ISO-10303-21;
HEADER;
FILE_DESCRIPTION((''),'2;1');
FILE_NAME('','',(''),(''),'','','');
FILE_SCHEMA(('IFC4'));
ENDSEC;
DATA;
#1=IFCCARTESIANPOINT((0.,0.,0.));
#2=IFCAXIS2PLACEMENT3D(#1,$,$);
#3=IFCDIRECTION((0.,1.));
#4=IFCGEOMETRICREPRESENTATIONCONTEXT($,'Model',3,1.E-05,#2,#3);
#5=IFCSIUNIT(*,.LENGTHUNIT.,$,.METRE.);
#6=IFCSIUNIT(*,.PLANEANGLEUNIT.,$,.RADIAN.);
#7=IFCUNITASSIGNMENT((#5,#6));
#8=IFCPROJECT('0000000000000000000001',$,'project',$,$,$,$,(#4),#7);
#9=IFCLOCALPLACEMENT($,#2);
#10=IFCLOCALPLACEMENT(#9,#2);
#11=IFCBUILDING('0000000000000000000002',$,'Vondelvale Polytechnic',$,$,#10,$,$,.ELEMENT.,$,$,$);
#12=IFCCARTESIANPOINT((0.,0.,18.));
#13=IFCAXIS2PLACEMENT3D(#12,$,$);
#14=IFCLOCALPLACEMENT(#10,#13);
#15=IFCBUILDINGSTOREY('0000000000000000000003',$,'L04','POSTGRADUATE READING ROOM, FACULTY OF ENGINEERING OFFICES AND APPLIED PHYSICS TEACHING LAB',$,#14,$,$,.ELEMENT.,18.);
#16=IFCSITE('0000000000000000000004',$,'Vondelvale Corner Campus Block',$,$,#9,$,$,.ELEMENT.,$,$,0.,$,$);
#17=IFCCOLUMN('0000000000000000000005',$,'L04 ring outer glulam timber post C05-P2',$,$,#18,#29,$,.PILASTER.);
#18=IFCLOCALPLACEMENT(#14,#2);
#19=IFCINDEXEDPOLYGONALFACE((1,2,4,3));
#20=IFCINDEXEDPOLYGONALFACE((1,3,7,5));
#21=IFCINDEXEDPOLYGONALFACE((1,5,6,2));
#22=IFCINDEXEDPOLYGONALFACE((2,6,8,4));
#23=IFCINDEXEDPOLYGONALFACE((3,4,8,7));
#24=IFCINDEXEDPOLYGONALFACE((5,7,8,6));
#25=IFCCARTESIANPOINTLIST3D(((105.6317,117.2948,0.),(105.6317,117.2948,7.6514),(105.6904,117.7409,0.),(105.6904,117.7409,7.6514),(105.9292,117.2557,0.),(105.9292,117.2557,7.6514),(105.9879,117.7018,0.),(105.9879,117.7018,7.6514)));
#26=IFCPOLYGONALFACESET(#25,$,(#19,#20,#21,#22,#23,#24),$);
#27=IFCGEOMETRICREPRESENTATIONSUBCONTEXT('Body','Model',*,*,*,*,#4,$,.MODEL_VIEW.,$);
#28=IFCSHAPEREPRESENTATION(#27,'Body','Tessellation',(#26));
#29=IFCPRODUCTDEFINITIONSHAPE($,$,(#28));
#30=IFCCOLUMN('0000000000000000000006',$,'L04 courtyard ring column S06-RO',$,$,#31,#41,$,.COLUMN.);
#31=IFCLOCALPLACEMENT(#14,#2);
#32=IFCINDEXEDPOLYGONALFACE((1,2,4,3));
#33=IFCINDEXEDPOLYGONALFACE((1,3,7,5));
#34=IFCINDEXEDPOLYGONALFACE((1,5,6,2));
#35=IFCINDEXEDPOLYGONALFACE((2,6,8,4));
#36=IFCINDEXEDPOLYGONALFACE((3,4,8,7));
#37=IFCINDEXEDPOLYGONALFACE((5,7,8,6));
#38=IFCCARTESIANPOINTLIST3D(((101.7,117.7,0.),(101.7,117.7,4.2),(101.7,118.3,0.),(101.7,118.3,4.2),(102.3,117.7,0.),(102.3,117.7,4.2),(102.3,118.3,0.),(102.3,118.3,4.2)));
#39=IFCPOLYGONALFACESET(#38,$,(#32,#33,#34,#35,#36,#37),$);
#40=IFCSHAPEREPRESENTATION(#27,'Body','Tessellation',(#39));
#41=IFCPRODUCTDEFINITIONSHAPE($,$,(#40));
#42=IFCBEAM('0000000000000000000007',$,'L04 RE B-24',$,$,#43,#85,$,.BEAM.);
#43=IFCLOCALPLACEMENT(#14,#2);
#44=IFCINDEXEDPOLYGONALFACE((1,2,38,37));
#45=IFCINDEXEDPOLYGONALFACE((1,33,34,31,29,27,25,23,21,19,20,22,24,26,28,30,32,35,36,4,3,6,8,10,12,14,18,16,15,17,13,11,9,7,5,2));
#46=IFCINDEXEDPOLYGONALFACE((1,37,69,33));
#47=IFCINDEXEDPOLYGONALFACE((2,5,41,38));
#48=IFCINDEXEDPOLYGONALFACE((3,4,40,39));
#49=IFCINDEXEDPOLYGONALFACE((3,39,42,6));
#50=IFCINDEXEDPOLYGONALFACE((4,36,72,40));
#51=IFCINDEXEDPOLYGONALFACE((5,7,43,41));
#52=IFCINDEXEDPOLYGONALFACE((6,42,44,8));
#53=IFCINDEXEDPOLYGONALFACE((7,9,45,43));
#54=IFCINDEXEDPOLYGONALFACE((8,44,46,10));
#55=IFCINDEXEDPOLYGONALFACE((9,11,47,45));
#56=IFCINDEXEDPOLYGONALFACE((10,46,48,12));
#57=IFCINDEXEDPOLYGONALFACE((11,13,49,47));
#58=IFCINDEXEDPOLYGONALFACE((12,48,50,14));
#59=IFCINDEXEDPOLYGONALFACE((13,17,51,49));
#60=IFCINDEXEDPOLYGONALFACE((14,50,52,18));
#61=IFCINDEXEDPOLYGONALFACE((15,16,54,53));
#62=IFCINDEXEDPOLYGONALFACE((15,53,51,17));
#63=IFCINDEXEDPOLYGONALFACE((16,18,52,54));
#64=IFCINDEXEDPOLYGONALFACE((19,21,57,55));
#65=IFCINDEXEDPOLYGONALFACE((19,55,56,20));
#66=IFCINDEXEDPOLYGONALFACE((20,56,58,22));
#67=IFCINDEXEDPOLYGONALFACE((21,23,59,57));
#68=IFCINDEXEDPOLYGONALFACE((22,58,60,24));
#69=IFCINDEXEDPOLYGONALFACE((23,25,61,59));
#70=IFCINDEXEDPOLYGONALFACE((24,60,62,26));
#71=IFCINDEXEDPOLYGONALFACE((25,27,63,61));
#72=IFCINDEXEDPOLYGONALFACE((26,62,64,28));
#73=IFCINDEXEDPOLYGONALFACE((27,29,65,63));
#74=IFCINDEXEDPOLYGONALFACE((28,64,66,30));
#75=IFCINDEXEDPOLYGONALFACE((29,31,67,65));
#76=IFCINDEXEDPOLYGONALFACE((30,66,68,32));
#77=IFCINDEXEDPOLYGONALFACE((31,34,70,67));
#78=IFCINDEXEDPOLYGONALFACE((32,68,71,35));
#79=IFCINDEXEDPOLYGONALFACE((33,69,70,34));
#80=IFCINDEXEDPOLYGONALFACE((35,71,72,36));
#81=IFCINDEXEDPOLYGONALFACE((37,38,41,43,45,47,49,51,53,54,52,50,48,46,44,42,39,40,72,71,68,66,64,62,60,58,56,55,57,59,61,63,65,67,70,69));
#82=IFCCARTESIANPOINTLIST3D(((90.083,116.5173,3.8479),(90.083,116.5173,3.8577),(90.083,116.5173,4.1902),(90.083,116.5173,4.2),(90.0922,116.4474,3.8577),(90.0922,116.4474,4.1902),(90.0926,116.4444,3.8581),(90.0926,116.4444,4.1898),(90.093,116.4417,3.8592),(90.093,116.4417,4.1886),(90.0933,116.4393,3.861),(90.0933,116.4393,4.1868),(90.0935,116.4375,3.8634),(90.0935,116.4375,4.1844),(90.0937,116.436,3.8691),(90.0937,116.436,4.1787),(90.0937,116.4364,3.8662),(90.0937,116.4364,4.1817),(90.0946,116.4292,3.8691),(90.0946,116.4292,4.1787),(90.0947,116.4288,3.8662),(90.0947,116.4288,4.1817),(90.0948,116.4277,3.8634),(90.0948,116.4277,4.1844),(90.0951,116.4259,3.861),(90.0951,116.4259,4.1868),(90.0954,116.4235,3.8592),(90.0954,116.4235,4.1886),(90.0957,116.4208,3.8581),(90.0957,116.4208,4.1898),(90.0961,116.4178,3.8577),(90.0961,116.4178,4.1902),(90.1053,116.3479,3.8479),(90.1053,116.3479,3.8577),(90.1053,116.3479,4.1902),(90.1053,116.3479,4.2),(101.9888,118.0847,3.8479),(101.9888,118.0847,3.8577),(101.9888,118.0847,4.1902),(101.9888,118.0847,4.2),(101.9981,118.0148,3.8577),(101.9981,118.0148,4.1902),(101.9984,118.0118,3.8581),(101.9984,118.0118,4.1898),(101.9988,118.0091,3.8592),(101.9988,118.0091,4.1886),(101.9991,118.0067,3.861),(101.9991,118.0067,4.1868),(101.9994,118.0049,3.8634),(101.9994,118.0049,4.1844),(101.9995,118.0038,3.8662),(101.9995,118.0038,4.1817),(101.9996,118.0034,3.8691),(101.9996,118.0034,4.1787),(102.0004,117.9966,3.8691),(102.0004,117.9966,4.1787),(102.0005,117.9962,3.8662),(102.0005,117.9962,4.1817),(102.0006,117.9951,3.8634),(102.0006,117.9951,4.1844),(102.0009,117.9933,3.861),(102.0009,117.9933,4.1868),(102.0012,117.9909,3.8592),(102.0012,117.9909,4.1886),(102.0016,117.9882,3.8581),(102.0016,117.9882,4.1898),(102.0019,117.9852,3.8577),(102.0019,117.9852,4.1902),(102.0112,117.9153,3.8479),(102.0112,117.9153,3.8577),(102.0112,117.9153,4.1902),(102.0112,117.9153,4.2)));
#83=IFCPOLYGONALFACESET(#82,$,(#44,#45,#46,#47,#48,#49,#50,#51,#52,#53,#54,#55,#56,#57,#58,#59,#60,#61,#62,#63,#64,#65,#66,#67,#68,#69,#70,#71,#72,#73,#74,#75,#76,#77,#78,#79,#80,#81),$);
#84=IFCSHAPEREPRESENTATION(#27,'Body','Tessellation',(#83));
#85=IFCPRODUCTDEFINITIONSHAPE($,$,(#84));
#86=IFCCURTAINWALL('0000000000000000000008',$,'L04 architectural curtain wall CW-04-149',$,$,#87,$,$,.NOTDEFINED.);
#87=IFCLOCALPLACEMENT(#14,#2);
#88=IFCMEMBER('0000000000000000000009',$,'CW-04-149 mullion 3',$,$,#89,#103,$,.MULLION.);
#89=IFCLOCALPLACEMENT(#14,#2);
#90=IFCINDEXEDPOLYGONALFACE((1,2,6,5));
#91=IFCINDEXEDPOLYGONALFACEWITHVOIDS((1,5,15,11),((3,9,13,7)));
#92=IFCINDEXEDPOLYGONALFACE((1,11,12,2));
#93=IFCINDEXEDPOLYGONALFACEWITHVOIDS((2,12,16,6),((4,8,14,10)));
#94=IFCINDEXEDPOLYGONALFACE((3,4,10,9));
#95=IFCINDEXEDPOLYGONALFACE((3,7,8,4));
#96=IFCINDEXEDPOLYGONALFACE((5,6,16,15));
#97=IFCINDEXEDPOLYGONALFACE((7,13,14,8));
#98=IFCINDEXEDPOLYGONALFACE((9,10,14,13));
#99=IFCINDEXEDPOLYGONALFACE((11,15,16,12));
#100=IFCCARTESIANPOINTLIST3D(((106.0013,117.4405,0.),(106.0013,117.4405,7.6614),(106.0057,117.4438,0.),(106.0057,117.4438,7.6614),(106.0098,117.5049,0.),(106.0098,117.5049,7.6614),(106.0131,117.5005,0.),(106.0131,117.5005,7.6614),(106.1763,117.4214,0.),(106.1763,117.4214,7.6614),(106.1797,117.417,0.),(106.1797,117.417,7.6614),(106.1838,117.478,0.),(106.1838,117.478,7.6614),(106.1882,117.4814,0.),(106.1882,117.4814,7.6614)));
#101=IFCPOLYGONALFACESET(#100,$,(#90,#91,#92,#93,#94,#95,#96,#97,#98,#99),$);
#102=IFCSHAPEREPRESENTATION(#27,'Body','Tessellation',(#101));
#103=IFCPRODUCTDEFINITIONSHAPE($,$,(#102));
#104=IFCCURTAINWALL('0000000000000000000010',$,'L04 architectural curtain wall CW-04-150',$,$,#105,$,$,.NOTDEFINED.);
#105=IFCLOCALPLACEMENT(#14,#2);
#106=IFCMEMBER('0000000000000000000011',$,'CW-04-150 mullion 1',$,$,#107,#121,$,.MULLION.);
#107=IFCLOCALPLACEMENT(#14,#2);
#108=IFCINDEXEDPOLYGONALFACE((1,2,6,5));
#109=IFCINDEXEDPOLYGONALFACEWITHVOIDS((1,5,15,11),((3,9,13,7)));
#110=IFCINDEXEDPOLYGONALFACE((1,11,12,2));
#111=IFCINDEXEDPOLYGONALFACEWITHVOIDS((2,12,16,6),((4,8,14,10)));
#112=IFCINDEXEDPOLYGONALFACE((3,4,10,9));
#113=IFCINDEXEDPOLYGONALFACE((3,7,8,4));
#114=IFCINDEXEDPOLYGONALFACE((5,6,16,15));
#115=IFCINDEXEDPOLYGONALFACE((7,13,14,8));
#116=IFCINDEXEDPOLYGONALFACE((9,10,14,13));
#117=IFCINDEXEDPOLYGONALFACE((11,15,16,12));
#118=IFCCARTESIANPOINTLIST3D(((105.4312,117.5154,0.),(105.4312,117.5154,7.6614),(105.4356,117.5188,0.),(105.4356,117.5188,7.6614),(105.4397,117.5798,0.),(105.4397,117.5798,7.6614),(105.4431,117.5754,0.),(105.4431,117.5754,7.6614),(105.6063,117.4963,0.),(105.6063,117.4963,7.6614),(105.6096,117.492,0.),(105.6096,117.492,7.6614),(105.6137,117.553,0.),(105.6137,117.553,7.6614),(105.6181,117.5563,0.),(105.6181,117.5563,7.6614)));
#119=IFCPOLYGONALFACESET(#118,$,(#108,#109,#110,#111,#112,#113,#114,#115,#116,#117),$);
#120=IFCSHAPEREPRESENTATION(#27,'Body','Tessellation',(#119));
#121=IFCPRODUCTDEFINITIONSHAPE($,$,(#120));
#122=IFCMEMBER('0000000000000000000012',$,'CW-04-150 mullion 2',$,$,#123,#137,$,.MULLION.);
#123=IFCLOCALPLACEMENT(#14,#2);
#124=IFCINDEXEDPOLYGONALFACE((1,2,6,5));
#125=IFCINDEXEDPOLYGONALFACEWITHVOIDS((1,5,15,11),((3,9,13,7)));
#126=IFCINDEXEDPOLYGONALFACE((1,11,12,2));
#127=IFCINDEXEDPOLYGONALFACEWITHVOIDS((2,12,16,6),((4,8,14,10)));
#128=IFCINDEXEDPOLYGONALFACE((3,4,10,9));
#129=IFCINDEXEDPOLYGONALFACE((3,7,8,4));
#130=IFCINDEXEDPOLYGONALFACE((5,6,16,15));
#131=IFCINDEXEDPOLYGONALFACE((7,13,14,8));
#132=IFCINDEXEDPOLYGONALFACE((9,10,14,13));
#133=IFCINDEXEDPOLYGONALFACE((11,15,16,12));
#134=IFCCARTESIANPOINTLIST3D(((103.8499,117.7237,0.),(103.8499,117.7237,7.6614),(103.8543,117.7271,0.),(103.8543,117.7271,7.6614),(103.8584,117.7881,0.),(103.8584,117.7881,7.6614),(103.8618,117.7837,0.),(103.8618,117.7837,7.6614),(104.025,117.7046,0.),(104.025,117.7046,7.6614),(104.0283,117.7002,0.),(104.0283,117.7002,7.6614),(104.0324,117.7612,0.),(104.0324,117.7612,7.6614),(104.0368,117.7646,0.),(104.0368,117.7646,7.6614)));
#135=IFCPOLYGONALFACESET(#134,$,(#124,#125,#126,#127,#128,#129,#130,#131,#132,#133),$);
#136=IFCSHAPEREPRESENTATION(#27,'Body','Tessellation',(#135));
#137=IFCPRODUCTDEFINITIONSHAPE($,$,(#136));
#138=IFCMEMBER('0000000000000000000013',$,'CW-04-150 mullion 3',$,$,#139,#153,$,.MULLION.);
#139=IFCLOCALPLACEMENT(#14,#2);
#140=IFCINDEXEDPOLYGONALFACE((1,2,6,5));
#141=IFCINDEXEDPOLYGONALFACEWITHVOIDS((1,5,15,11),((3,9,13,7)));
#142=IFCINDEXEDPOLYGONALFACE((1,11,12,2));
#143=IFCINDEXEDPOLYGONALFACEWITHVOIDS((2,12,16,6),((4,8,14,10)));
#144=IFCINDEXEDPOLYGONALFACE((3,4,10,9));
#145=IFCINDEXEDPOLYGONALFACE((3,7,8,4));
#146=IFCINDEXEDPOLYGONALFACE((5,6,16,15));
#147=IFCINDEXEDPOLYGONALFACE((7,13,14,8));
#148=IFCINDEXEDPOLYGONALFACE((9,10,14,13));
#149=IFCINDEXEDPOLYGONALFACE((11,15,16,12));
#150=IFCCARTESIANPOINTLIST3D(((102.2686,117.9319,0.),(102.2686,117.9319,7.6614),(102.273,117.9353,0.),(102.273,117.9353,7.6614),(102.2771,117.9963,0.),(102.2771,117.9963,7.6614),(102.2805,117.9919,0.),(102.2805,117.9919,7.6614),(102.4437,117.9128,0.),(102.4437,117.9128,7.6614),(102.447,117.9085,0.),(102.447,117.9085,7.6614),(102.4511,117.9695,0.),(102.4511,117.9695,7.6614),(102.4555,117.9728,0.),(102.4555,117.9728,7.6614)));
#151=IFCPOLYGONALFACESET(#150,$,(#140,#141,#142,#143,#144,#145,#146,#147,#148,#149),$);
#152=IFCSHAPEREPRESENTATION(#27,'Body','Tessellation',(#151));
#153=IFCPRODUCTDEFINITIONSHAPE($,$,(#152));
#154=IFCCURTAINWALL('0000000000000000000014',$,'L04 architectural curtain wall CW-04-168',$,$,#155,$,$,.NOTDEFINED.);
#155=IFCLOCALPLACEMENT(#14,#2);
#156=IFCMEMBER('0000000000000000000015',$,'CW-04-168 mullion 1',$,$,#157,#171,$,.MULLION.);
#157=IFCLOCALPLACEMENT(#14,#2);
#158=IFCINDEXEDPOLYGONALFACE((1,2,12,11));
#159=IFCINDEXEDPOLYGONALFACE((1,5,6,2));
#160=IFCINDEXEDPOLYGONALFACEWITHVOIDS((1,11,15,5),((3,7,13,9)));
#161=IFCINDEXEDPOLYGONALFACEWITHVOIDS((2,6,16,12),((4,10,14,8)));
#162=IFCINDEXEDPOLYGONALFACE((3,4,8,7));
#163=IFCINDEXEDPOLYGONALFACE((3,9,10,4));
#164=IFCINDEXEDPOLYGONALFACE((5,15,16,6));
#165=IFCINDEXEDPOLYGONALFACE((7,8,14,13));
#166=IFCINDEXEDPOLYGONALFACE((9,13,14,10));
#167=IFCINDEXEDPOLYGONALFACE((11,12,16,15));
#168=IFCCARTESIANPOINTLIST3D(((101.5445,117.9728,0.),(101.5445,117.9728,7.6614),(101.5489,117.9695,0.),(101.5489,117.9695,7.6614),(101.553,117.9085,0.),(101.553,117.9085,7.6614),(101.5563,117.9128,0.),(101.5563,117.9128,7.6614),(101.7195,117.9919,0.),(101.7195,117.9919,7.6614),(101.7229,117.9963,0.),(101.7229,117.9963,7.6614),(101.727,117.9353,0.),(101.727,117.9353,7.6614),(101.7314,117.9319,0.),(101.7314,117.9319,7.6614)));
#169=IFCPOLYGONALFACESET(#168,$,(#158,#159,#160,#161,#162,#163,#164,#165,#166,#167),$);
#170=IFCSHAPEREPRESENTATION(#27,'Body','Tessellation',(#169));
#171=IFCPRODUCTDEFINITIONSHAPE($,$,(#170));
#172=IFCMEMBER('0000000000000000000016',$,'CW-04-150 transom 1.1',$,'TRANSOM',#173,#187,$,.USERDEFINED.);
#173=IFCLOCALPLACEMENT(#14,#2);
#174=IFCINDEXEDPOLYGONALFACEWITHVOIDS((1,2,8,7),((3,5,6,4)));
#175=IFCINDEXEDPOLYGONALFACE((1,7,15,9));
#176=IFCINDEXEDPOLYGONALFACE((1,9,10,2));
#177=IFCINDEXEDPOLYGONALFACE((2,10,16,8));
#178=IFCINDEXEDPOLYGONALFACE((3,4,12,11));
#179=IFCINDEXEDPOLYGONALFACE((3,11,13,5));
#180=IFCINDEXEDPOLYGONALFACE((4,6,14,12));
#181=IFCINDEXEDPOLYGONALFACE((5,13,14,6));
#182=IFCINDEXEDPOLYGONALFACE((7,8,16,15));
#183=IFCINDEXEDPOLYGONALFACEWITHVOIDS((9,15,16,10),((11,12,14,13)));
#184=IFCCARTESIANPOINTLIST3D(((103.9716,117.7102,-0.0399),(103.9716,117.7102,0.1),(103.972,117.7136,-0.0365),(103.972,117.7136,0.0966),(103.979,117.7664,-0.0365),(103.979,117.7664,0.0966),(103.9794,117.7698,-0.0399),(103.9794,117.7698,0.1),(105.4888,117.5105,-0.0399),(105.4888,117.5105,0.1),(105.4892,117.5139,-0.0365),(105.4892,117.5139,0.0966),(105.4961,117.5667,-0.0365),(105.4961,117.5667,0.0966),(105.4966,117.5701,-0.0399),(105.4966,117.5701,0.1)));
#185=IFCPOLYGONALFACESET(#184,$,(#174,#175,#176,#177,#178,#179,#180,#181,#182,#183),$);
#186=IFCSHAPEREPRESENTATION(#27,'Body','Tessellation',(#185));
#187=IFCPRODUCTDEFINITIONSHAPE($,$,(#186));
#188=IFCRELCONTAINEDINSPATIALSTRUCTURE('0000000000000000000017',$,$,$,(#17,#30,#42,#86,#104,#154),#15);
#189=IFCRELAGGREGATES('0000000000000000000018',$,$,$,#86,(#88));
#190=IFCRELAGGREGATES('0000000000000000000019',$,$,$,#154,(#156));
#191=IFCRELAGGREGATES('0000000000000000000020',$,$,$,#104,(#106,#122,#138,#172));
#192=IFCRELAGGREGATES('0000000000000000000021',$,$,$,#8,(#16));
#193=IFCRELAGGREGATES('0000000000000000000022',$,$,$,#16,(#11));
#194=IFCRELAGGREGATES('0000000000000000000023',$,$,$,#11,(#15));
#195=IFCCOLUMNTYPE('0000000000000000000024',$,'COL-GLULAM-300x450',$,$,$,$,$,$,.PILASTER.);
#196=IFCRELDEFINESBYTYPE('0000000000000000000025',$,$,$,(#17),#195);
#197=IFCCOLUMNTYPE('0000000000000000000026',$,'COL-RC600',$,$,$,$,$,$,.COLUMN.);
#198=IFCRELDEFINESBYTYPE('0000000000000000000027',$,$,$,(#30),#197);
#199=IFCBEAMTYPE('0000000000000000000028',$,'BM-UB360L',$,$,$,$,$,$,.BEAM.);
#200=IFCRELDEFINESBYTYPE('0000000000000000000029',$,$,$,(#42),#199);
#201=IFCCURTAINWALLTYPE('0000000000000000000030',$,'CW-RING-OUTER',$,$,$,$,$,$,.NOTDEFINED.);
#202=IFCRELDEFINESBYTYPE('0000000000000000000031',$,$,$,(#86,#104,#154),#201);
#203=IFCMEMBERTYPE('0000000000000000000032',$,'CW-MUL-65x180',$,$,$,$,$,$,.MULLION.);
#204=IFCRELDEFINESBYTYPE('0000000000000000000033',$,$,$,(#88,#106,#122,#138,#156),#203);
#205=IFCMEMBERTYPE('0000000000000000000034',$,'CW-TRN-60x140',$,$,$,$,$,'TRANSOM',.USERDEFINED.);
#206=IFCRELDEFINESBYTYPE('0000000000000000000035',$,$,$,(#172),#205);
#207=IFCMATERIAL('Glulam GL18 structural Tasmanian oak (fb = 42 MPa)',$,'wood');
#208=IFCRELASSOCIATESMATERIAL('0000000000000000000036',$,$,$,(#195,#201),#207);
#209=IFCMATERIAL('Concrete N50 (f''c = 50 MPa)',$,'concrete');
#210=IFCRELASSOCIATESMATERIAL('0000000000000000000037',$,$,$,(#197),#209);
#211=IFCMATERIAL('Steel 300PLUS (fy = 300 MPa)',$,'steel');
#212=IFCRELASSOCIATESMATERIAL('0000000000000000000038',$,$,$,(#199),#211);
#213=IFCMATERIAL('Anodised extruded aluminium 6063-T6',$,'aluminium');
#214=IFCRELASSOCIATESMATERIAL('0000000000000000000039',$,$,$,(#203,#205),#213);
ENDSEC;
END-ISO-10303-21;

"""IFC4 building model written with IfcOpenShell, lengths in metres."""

from ifc_helpers import new_model, si_unit, direction, frame, origin, origin_2d, place, context, subcontext, project, spatial, rectangle, hollow_rectangle, i_section, extrude, material, material_profile, profile_set, type_object, element, aggregate, save


model = new_model("IFC4")

# Units and contexts
model_context = context("Model", 3, precision=1e-05, world=origin(), true_north=direction((0.0, 1.0)))
body_context = subcontext(model_context, "Body", "Model", "MODEL_VIEW")
ifc_project = project(units=[si_unit("LENGTHUNIT", "METRE"), si_unit("PLANEANGLEUNIT", "RADIAN")], contexts=[model_context])

# Site, building, storey
site_placement = place(None, origin())
site = spatial("IfcSite", under=ifc_project, at=site_placement, Name="Vondelvale Corner Campus Block", CompositionType="ELEMENT", RefElevation=0.0)
building_placement = place(site_placement, origin())
building = spatial("IfcBuilding", under=site, at=building_placement, Name="Vondelvale Polytechnic", CompositionType="ELEMENT")
storey_placement = place(building_placement, frame((0.0, 0.0, 18.0)))
storey = spatial("IfcBuildingStorey", under=building, at=storey_placement, Name="L04", Description="POSTGRADUATE READING ROOM, FACULTY OF ENGINEERING OFFICES AND APPLIED PHYSICS TEACHING LAB", CompositionType="ELEMENT", Elevation=18.0)

# Columns
ifc_material_1 = material(Name="Glulam GL18 structural Tasmanian oak (fb = 42 MPa)", Category="wood")
ifc_material_profile_1 = material_profile(ifc_material_1, rectangle(XDim=0.3, YDim=0.45, at=origin_2d()), Name="GL-POST-300x450")
ifc_profile_set_1 = profile_set([ifc_material_profile_1], Name="Glulam GL18 structural Tasmanian oak (fb = 42 MPa)")
column_type_1 = type_object("IfcColumnType", Name="COL-GLULAM-300x450", PredefinedType="PILASTER", material=ifc_profile_set_1)
column_1_placement = place(storey_placement, frame((105.8098, 117.4983, 0.0), z_axis=(0.0, 0.0, 1.0), x_axis=(-0.991445, 0.130526, 0.0)))
element("IfcColumn", 1, at=column_1_placement, inside=storey, type_object=column_type_1, Name="L04 ring outer glulam timber post C05-P2", PredefinedType="PILASTER", context=body_context, shape_type="SweptSolid", body=[
    extrude(rectangle(XDim=0.3, YDim=0.45, at=origin_2d()), origin(), (0.0, 0.0, 1.0), 7.6514),
])
ifc_material_2 = material(Name="Concrete N50 (f'c = 50 MPa)", Category="concrete")
ifc_material_profile_2 = material_profile(ifc_material_2, rectangle(XDim=0.6001, YDim=0.6001, at=origin_2d()), Name="RC-COL-600x600")
ifc_profile_set_2 = profile_set([ifc_material_profile_2], Name="Concrete N50 (f'c = 50 MPa)")
column_type_2 = type_object("IfcColumnType", Name="COL-RC600", PredefinedType="COLUMN", material=ifc_profile_set_2)
column_2_placement = place(storey_placement, frame((102.0, 118.0, 0.0), z_axis=(0.0, 0.0, 1.0), x_axis=(0.0, 1.0, 0.0)))
element("IfcColumn", 2, at=column_2_placement, inside=storey, type_object=column_type_2, Name="L04 courtyard ring column S06-RO", PredefinedType="COLUMN", context=body_context, shape_type="SweptSolid", body=[
    extrude(rectangle(XDim=0.6001, YDim=0.6001, at=origin_2d()), origin(), (0.0, 0.0, 1.0), 4.2),
])

# Beam
ifc_material_3 = material(Name="Steel 300PLUS (fy = 300 MPa)", Category="steel")
ifc_material_profile_3 = material_profile(ifc_material_3, i_section(OverallWidth=0.1709, OverallDepth=0.3521, WebThickness=0.0068, FlangeThickness=0.0098, FilletRadius=0.0115, at=origin_2d()), Name="360UB44.7")
ifc_profile_set_3 = profile_set([ifc_material_profile_3], Name="Steel 300PLUS (fy = 300 MPa)")
beam_type = type_object("IfcBeamType", Name="BM-UB360L", PredefinedType="BEAM", material=ifc_profile_set_3)
beam_placement = place(storey_placement, frame((102.0, 118.0, 4.0239), z_axis=(-0.991445, -0.130523, 0.0), x_axis=(0.130523, -0.991445, 0.0)))
element("IfcBeam", 3, at=beam_placement, inside=storey, type_object=beam_type, Name="L04 RE B-24", PredefinedType="BEAM", context=body_context, shape_type="SweptSolid", body=[
    extrude(i_section(OverallWidth=0.1709, OverallDepth=0.3521, WebThickness=0.0068, FlangeThickness=0.0098, FilletRadius=0.0115, at=origin_2d()), origin(), (0.0, 0.0, 1.0), 12.0085),
])

# Curtain wall, member
curtain_wall_type = type_object("IfcCurtainWallType", Name="CW-RING-OUTER", PredefinedType="NOTDEFINED", material=ifc_material_1)
curtain_wall_1_placement = place(storey_placement, origin())
curtain_wall_1 = element("IfcCurtainWall", 4, at=curtain_wall_1_placement, inside=storey, type_object=curtain_wall_type, Name="L04 architectural curtain wall CW-04-149", PredefinedType="NOTDEFINED")
ifc_material_4 = material(Name="Anodised extruded aluminium 6063-T6", Category="aluminium")
ifc_material_profile_4 = material_profile(ifc_material_4, hollow_rectangle(XDim=0.0649, YDim=0.1799, WallThickness=0.0039, at=origin_2d()), Name="CW-MUL-180x65")
ifc_profile_set_4 = profile_set([ifc_material_profile_4], Name="Anodised extruded aluminium 6063-T6")
member_type_1 = type_object("IfcMemberType", Name="CW-MUL-65x180", PredefinedType="MULLION", material=ifc_profile_set_4)
member_1_placement = place(storey_placement, frame((106.0947, 117.4609, 0.0), z_axis=(0.0, 0.0, 1.0), x_axis=(-0.130497, -0.991449, 0.0)))
member_1 = element("IfcMember", 5, at=member_1_placement, type_object=member_type_1, Name="CW-04-149 mullion 3", PredefinedType="MULLION", context=body_context, shape_type="SweptSolid", body=[
    extrude(hollow_rectangle(XDim=0.0649, YDim=0.1799, WallThickness=0.0039, at=origin_2d()), origin(), (0.0, 0.0, 1.0), 7.6614),
])
aggregate(curtain_wall_1, [member_1])

# Curtain wall, members
curtain_wall_2_placement = place(storey_placement, origin())
curtain_wall_2 = element("IfcCurtainWall", 6, at=curtain_wall_2_placement, inside=storey, type_object=curtain_wall_type, Name="L04 architectural curtain wall CW-04-150", PredefinedType="NOTDEFINED")
member_2_placement = place(storey_placement, frame((105.5247, 117.5359, 0.0), z_axis=(0.0, 0.0, 1.0), x_axis=(-0.13054, -0.991443, 0.0)))
member_2 = element("IfcMember", 7, at=member_2_placement, type_object=member_type_1, Name="CW-04-150 mullion 1", PredefinedType="MULLION", context=body_context, shape_type="SweptSolid", body=[
    extrude(hollow_rectangle(XDim=0.0649, YDim=0.1799, WallThickness=0.0039, at=origin_2d()), origin(), (0.0, 0.0, 1.0), 7.6614),
])
member_3_placement = place(storey_placement, frame((103.9434, 117.7441, 0.0), z_axis=(0.0, 0.0, 1.0), x_axis=(-0.13054, -0.991443, 0.0)))
member_3 = element("IfcMember", 8, at=member_3_placement, type_object=member_type_1, Name="CW-04-150 mullion 2", PredefinedType="MULLION", context=body_context, shape_type="SweptSolid", body=[
    extrude(hollow_rectangle(XDim=0.0649, YDim=0.1799, WallThickness=0.0039, at=origin_2d()), origin(), (0.0, 0.0, 1.0), 7.6614),
])
member_4_placement = place(storey_placement, frame((102.3621, 117.9524, 0.0), z_axis=(0.0, 0.0, 1.0), x_axis=(-0.13054, -0.991443, 0.0)))
member_4 = element("IfcMember", 9, at=member_4_placement, type_object=member_type_1, Name="CW-04-150 mullion 3", PredefinedType="MULLION", context=body_context, shape_type="SweptSolid", body=[
    extrude(hollow_rectangle(XDim=0.0649, YDim=0.1799, WallThickness=0.0039, at=origin_2d()), origin(), (0.0, 0.0, 1.0), 7.6614),
])

# Curtain wall, member
curtain_wall_3_placement = place(storey_placement, origin())
curtain_wall_3 = element("IfcCurtainWall", 10, at=curtain_wall_3_placement, inside=storey, type_object=curtain_wall_type, Name="L04 architectural curtain wall CW-04-168", PredefinedType="NOTDEFINED")
member_5_placement = place(storey_placement, frame((101.6379, 117.9524, 0.0), z_axis=(0.0, 0.0, 1.0), x_axis=(0.13054, -0.991443, 0.0)))
member_5 = element("IfcMember", 11, at=member_5_placement, type_object=member_type_1, Name="CW-04-168 mullion 1", PredefinedType="MULLION", context=body_context, shape_type="SweptSolid", body=[
    extrude(hollow_rectangle(XDim=0.0649, YDim=0.1799, WallThickness=0.0039, at=origin_2d()), origin(), (0.0, 0.0, 1.0), 7.6614),
])

# Member
ifc_material_profile_5 = material_profile(ifc_material_4, hollow_rectangle(XDim=0.0601, YDim=0.1399, WallThickness=0.0034, at=origin_2d()), Name="CW-TRN-140x60")
ifc_profile_set_5 = profile_set([ifc_material_profile_5], Name="Anodised extruded aluminium 6063-T6")
member_type_2 = type_object("IfcMemberType", Name="CW-TRN-60x140", ElementType="TRANSOM", PredefinedType="USERDEFINED", material=ifc_profile_set_5)
member_6_placement = place(storey_placement, frame((105.4927, 117.5403, 0.03), z_axis=(-0.991447, 0.130512, 0.0), x_axis=(-0.130512, -0.991447, 0.0)))
member_6 = element("IfcMember", 12, at=member_6_placement, type_object=member_type_2, Name="CW-04-150 transom 1.1", ObjectType="TRANSOM", PredefinedType="USERDEFINED", context=body_context, shape_type="SweptSolid", body=[
    extrude(hollow_rectangle(XDim=0.0601, YDim=0.1399, WallThickness=0.0034, at=origin_2d()), origin(), (0.0, 0.0, 1.0), 1.5303),
])
aggregate(curtain_wall_3, [member_5])

aggregate(curtain_wall_2, [member_2, member_3, member_4, member_6])

save(model, "model.ifc")
